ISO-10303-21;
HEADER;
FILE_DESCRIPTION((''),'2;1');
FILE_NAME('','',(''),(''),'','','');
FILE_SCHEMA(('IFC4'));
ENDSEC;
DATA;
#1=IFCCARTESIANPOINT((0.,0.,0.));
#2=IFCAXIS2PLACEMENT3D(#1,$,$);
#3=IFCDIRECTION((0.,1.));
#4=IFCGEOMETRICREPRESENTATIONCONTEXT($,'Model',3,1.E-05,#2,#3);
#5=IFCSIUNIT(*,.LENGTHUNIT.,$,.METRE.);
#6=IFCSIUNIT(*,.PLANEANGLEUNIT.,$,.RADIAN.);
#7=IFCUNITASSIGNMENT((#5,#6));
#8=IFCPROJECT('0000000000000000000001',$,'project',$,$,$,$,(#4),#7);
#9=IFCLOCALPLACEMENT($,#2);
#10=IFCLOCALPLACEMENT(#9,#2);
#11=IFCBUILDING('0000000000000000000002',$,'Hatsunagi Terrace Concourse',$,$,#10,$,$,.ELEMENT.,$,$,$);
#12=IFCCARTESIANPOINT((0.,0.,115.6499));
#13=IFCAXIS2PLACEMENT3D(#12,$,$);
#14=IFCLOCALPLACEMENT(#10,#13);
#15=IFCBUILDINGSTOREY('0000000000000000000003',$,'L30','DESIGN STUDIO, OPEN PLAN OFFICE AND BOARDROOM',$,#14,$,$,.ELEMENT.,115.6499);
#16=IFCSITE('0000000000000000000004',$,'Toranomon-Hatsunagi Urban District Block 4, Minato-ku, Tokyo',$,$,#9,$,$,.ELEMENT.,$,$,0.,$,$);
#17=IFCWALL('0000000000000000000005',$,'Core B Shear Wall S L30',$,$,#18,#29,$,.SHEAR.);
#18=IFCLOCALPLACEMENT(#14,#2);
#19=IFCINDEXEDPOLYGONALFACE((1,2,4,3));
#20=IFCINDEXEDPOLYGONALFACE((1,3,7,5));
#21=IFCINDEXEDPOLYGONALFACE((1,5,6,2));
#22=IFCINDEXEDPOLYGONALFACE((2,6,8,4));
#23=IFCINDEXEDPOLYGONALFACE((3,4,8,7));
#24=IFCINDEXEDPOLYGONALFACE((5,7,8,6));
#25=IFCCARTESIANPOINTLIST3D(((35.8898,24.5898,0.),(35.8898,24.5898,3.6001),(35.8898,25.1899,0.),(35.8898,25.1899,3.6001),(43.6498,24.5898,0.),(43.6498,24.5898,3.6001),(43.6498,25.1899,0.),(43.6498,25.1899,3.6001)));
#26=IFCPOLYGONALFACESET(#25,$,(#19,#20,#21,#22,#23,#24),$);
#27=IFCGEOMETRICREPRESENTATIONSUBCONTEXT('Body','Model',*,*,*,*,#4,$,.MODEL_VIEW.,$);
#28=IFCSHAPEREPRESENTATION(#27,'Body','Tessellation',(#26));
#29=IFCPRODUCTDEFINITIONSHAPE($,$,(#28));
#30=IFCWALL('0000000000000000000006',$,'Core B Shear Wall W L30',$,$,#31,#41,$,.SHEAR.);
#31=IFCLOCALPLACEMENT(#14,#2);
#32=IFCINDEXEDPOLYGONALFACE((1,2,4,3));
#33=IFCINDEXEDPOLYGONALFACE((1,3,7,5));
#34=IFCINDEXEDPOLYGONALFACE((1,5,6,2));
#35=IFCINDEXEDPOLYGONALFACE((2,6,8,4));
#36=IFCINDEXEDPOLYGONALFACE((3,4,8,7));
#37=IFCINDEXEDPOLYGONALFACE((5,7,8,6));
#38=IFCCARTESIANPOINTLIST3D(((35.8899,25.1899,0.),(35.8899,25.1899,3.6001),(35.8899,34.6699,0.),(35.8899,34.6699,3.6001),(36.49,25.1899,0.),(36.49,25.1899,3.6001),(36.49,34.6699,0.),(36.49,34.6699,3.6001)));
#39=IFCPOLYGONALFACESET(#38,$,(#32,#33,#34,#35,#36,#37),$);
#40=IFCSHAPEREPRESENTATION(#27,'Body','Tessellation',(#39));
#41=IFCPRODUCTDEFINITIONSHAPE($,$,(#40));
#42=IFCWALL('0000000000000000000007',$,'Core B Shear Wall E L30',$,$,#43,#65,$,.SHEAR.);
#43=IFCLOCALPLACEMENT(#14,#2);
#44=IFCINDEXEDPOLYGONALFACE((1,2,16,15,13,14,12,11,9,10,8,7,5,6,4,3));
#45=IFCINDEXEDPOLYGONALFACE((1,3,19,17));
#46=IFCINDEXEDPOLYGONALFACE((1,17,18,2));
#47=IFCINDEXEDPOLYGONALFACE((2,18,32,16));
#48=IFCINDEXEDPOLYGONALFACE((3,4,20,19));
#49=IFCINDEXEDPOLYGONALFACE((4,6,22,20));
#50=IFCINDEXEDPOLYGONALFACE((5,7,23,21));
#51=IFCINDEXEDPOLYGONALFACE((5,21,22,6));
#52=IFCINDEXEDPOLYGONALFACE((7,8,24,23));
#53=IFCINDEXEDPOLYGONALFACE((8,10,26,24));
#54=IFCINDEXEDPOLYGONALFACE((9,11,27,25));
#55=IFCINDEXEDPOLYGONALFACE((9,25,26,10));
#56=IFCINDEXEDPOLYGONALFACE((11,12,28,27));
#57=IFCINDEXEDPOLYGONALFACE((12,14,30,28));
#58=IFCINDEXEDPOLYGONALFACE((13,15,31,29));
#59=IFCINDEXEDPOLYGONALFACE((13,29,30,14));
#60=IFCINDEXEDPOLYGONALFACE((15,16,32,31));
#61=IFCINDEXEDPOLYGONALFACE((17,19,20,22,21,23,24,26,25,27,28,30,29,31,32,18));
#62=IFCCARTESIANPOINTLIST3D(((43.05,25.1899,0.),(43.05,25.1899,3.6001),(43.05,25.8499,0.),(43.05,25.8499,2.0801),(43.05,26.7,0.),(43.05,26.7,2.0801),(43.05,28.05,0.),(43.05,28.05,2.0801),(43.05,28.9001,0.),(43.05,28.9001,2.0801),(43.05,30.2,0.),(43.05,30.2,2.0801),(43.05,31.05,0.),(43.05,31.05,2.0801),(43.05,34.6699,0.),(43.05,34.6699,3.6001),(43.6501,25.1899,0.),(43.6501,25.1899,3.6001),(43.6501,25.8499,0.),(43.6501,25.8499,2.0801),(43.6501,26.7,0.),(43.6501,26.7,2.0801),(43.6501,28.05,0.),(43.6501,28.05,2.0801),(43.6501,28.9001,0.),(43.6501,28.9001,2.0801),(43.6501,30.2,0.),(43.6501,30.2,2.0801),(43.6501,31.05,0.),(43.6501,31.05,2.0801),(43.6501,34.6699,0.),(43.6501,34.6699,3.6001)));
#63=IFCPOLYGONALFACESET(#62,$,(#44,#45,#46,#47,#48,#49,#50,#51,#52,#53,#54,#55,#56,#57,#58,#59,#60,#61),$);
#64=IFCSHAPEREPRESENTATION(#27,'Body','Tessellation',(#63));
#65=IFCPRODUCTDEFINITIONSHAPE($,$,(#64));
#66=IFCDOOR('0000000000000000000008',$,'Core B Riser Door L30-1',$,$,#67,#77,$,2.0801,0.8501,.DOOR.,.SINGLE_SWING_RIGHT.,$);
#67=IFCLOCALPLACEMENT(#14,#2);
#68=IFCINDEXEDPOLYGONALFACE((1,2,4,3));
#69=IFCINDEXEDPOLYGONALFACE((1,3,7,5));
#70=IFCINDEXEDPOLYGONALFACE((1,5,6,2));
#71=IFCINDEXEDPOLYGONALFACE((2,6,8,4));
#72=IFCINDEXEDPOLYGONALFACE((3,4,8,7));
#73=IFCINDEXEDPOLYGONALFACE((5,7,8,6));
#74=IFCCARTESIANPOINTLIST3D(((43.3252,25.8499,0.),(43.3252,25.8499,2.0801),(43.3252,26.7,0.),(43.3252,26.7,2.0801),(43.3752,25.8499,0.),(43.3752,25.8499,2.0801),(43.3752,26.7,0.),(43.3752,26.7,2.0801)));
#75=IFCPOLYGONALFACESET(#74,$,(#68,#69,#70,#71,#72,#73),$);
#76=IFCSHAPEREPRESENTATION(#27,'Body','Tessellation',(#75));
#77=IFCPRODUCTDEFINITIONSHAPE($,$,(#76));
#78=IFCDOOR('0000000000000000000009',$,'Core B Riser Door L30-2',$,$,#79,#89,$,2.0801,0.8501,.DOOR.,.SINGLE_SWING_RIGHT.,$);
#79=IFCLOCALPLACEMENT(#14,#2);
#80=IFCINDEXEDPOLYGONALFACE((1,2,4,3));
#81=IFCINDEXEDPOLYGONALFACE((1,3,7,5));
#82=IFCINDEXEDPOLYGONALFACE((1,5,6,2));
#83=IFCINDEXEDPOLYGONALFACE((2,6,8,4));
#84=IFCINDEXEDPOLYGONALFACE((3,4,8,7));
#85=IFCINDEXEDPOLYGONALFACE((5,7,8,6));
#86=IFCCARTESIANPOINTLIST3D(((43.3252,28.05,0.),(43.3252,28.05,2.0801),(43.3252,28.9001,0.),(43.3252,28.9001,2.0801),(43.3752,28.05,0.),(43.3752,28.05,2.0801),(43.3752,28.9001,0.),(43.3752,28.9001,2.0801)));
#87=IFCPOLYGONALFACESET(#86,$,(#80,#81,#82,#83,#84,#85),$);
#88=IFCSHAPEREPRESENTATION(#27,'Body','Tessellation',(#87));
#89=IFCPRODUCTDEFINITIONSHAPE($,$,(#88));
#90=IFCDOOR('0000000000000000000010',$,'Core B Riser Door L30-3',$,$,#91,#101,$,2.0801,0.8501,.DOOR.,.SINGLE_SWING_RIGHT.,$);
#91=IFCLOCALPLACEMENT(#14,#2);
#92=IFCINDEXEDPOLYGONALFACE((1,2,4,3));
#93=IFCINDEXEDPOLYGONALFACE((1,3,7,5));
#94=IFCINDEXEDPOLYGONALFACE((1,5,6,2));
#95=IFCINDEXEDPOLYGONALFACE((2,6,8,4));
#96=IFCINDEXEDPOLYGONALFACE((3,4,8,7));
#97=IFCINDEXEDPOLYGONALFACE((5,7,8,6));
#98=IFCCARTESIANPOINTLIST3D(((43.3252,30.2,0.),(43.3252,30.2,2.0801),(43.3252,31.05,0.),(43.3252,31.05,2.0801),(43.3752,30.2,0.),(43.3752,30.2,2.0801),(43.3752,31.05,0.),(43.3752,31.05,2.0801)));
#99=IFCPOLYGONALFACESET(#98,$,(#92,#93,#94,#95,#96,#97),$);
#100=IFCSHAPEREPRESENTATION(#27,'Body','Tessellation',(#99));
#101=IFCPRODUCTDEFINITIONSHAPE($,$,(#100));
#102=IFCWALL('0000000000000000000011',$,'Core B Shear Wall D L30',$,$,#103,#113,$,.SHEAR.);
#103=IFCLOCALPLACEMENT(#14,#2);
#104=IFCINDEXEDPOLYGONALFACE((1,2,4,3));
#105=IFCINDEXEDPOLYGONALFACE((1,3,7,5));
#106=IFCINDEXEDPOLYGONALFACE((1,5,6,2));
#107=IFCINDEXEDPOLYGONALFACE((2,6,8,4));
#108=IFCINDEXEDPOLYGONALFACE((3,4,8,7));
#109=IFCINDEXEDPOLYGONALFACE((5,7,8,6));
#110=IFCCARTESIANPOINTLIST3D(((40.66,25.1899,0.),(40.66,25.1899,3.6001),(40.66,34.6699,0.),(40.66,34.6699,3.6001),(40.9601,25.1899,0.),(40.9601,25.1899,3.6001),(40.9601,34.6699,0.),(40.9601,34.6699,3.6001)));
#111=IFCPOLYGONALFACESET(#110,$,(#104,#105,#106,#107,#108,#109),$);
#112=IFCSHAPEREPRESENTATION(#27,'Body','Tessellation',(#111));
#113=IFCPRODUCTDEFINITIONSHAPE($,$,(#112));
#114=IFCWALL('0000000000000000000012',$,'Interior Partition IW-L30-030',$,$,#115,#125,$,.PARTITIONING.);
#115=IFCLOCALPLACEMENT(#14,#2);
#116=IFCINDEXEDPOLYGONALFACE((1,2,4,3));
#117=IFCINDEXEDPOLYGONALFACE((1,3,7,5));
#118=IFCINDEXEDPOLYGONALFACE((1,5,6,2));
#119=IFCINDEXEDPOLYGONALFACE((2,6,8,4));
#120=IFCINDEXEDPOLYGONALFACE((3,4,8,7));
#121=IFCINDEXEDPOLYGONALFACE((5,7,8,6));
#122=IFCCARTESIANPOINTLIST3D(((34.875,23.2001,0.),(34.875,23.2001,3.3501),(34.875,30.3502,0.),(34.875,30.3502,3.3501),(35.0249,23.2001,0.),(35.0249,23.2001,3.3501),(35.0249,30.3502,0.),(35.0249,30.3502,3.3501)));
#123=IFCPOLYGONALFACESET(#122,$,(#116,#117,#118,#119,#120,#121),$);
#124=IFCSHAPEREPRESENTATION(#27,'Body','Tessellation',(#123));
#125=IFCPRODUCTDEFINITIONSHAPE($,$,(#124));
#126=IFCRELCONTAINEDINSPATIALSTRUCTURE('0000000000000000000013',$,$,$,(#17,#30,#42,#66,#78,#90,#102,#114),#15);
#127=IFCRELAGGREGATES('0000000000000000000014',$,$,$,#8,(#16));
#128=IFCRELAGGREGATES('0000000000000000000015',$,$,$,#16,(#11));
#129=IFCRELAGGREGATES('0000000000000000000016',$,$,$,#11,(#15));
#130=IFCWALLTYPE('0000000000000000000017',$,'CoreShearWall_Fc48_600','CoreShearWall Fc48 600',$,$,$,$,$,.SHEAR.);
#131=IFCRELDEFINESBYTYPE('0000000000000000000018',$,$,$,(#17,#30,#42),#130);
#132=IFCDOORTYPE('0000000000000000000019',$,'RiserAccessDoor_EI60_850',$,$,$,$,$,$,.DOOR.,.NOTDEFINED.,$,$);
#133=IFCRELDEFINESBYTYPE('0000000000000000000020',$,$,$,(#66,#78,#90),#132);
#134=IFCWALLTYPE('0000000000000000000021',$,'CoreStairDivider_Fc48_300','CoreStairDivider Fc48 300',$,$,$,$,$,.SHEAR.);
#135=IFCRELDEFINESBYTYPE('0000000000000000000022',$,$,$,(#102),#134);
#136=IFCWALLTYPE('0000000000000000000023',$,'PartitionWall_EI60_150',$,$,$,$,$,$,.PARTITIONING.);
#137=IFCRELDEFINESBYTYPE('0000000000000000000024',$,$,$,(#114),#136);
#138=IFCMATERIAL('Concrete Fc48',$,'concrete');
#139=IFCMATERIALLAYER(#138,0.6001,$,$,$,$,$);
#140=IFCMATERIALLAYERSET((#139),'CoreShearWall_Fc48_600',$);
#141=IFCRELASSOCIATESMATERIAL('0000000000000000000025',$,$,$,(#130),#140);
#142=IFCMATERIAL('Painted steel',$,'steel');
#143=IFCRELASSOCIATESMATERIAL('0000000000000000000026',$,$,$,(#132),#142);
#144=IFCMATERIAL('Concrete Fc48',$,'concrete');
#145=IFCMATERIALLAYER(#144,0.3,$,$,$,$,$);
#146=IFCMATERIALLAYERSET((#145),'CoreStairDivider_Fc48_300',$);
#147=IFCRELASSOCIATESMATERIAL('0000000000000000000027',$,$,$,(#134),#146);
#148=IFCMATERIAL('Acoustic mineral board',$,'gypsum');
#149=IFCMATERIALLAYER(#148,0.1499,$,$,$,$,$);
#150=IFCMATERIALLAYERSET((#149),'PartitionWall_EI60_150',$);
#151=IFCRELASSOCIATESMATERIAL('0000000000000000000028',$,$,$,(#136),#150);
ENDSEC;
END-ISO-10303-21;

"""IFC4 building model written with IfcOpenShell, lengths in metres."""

from ifc_helpers import new_model, si_unit, direction, frame, frame_2d, origin, place, context, subcontext, project, spatial, rectangle, extrude, material, layer, layer_set, type_object, element, fill, save


model = new_model("IFC4")

# Units and contexts
model_context = context("Model", 3, precision=1e-05, world=origin(), true_north=direction((0.0, 1.0)))
body_context = subcontext(model_context, "Body", "Model", "MODEL_VIEW")
ifc_project = project(units=[si_unit("LENGTHUNIT", "METRE"), si_unit("PLANEANGLEUNIT", "RADIAN")], contexts=[model_context])

# Site, building, storey
site_placement = place(None, origin())
site = spatial("IfcSite", under=ifc_project, at=site_placement, Name="Toranomon-Hatsunagi Urban District Block 4, Minato-ku, Tokyo", CompositionType="ELEMENT", RefElevation=0.0)
building_placement = place(site_placement, origin())
building = spatial("IfcBuilding", under=site, at=building_placement, Name="Hatsunagi Terrace Concourse", CompositionType="ELEMENT")
storey_placement = place(building_placement, frame((0.0, 0.0, 115.6499)))
storey = spatial("IfcBuildingStorey", under=building, at=storey_placement, Name="L30", Description="DESIGN STUDIO, OPEN PLAN OFFICE AND BOARDROOM", CompositionType="ELEMENT", Elevation=115.6499)

# Walls
ifc_material_1 = material(Name="Concrete Fc48", Category="concrete")
ifc_layer_1 = layer(ifc_material_1, 0.6001)
ifc_layer_set_1 = layer_set([ifc_layer_1], Name="CoreShearWall_Fc48_600")
wall_type_1 = type_object("IfcWallType", Name="CoreShearWall_Fc48_600", Description="CoreShearWall Fc48 600", PredefinedType="SHEAR", material=ifc_layer_set_1)
wall_1_placement = place(storey_placement, frame((35.8899, 24.8899, 0.0), z_axis=(0.0, 0.0, 1.0), x_axis=(1.0, 0.0, 0.0)))
element("IfcWall", 1, at=wall_1_placement, inside=storey, type_object=wall_type_1, Name="Core B Shear Wall S L30", PredefinedType="SHEAR", context=body_context, shape_type="SweptSolid", body=[
    extrude(rectangle(XDim=7.76, YDim=0.6001, at=frame_2d((3.8799, 0.0))), origin(), (0.0, 0.0, 1.0), 3.6001),
])
wall_2_placement = place(storey_placement, frame((36.1899, 25.1899, 0.0), z_axis=(0.0, 0.0, 1.0), x_axis=(0.0, 1.0, 0.0)))
element("IfcWall", 2, at=wall_2_placement, inside=storey, type_object=wall_type_1, Name="Core B Shear Wall W L30", PredefinedType="SHEAR", context=body_context, shape_type="SweptSolid", body=[
    extrude(rectangle(XDim=9.48, YDim=0.6001, at=frame_2d((4.74, 0.0))), origin(), (0.0, 0.0, 1.0), 3.6001),
])

# Wall, openings, doors
wall_3_placement = place(storey_placement, frame((43.3501, 25.1899, 0.0), z_axis=(0.0, 0.0, 1.0), x_axis=(0.0, 1.0, 0.0)))
wall_3 = element("IfcWall", 3, at=wall_3_placement, inside=storey, type_object=wall_type_1, Name="Core B Shear Wall E L30", PredefinedType="SHEAR", context=body_context, shape_type="SweptSolid", body=[
    extrude(rectangle(XDim=9.48, YDim=0.6001, at=frame_2d((4.74, 0.0))), origin(), (0.0, 0.0, 1.0), 3.6001),
])
opening_1_placement = place(wall_3_placement, frame((0.6599, 0.0, 0.0)))
opening_1 = element("IfcOpeningElement", 4, at=opening_1_placement, cuts=wall_3, PredefinedType="OPENING", context=body_context, shape_type="SweptSolid", body=[
    extrude(rectangle(XDim=0.8501, YDim=2.0801, at=frame_2d((0.425, 1.04))), frame((0.0, 0.3101, 0.0), z_axis=(0.0, -1.0, 0.0), x_axis=(1.0, 0.0, 0.0)), (0.0, 0.0, 1.0), 0.6201),
])
opening_2_placement = place(wall_3_placement, frame((2.8601, 0.0, 0.0)))
opening_2 = element("IfcOpeningElement", 5, at=opening_2_placement, cuts=wall_3, PredefinedType="OPENING", context=body_context, shape_type="SweptSolid", body=[
    extrude(rectangle(XDim=0.8501, YDim=2.0801, at=frame_2d((0.425, 1.04))), frame((0.0, 0.3101, 0.0), z_axis=(0.0, -1.0, 0.0), x_axis=(1.0, 0.0, 0.0)), (0.0, 0.0, 1.0), 0.6201),
])
opening_3_placement = place(wall_3_placement, frame((5.01, 0.0, 0.0)))
opening_3 = element("IfcOpeningElement", 6, at=opening_3_placement, cuts=wall_3, PredefinedType="OPENING", context=body_context, shape_type="SweptSolid", body=[
    extrude(rectangle(XDim=0.8501, YDim=2.0801, at=frame_2d((0.425, 1.04))), frame((0.0, 0.3101, 0.0), z_axis=(0.0, -1.0, 0.0), x_axis=(1.0, 0.0, 0.0)), (0.0, 0.0, 1.0), 0.6201),
])
ifc_material_2 = material(Name="Painted steel", Category="steel")
door_type = type_object("IfcDoorType", Name="RiserAccessDoor_EI60_850", OperationType="NOTDEFINED", PredefinedType="DOOR", material=ifc_material_2)
door_1_placement = place(opening_1_placement, origin())
door_1 = element("IfcDoor", 7, at=door_1_placement, inside=storey, type_object=door_type, Name="Core B Riser Door L30-1", OperationType="SINGLE_SWING_RIGHT", OverallHeight=2.0801, OverallWidth=0.8501, PredefinedType="DOOR", context=body_context, shape_type="SweptSolid", body=[
    extrude(rectangle(XDim=0.8501, YDim=2.0801, at=frame_2d((0.425, 1.04))), frame((0.0, 0.0249, 0.0), z_axis=(0.0, -1.0, 0.0), x_axis=(1.0, 0.0, 0.0)), (0.0, 0.0, 1.0), 0.05),
])
fill(opening_1, door_1)
door_2_placement = place(opening_2_placement, origin())
door_2 = element("IfcDoor", 8, at=door_2_placement, inside=storey, type_object=door_type, Name="Core B Riser Door L30-2", OperationType="SINGLE_SWING_RIGHT", OverallHeight=2.0801, OverallWidth=0.8501, PredefinedType="DOOR", context=body_context, shape_type="SweptSolid", body=[
    extrude(rectangle(XDim=0.8501, YDim=2.0801, at=frame_2d((0.425, 1.04))), frame((0.0, 0.0249, 0.0), z_axis=(0.0, -1.0, 0.0), x_axis=(1.0, 0.0, 0.0)), (0.0, 0.0, 1.0), 0.05),
])
fill(opening_2, door_2)
door_3_placement = place(opening_3_placement, origin())
door_3 = element("IfcDoor", 9, at=door_3_placement, inside=storey, type_object=door_type, Name="Core B Riser Door L30-3", OperationType="SINGLE_SWING_RIGHT", OverallHeight=2.0801, OverallWidth=0.8501, PredefinedType="DOOR", context=body_context, shape_type="SweptSolid", body=[
    extrude(rectangle(XDim=0.8501, YDim=2.0801, at=frame_2d((0.425, 1.04))), frame((0.0, 0.0249, 0.0), z_axis=(0.0, -1.0, 0.0), x_axis=(1.0, 0.0, 0.0)), (0.0, 0.0, 1.0), 0.05),
])
fill(opening_3, door_3)

# Walls
ifc_material_3 = material(Name="Concrete Fc48", Category="concrete")
ifc_layer_2 = layer(ifc_material_3, 0.3)
ifc_layer_set_2 = layer_set([ifc_layer_2], Name="CoreStairDivider_Fc48_300")
wall_type_2 = type_object("IfcWallType", Name="CoreStairDivider_Fc48_300", Description="CoreStairDivider Fc48 300", PredefinedType="SHEAR", material=ifc_layer_set_2)
wall_4_placement = place(storey_placement, frame((40.8101, 25.1899, 0.0), z_axis=(0.0, 0.0, 1.0), x_axis=(0.0, 1.0, 0.0)))
element("IfcWall", 10, at=wall_4_placement, inside=storey, type_object=wall_type_2, Name="Core B Shear Wall D L30", PredefinedType="SHEAR", context=body_context, shape_type="SweptSolid", body=[
    extrude(rectangle(XDim=9.48, YDim=0.3, at=frame_2d((4.74, 0.0))), origin(), (0.0, 0.0, 1.0), 3.6001),
])
ifc_material_4 = material(Name="Acoustic mineral board", Category="gypsum")
ifc_layer_3 = layer(ifc_material_4, 0.1499)
ifc_layer_set_3 = layer_set([ifc_layer_3], Name="PartitionWall_EI60_150")
wall_type_3 = type_object("IfcWallType", Name="PartitionWall_EI60_150", PredefinedType="PARTITIONING", material=ifc_layer_set_3)
wall_5_placement = place(storey_placement, frame((34.95, 23.2, 0.0), z_axis=(0.0, 0.0, 1.0), x_axis=(0.0, 1.0, 0.0)))
element("IfcWall", 11, at=wall_5_placement, inside=storey, type_object=wall_type_3, Name="Interior Partition IW-L30-030", PredefinedType="PARTITIONING", context=body_context, shape_type="SweptSolid", body=[
    extrude(rectangle(XDim=7.1501, YDim=0.1499, at=frame_2d((3.5752, 0.0))), origin(), (0.0, 0.0, 1.0), 3.3501),
])

save(model, "model.ifc")
